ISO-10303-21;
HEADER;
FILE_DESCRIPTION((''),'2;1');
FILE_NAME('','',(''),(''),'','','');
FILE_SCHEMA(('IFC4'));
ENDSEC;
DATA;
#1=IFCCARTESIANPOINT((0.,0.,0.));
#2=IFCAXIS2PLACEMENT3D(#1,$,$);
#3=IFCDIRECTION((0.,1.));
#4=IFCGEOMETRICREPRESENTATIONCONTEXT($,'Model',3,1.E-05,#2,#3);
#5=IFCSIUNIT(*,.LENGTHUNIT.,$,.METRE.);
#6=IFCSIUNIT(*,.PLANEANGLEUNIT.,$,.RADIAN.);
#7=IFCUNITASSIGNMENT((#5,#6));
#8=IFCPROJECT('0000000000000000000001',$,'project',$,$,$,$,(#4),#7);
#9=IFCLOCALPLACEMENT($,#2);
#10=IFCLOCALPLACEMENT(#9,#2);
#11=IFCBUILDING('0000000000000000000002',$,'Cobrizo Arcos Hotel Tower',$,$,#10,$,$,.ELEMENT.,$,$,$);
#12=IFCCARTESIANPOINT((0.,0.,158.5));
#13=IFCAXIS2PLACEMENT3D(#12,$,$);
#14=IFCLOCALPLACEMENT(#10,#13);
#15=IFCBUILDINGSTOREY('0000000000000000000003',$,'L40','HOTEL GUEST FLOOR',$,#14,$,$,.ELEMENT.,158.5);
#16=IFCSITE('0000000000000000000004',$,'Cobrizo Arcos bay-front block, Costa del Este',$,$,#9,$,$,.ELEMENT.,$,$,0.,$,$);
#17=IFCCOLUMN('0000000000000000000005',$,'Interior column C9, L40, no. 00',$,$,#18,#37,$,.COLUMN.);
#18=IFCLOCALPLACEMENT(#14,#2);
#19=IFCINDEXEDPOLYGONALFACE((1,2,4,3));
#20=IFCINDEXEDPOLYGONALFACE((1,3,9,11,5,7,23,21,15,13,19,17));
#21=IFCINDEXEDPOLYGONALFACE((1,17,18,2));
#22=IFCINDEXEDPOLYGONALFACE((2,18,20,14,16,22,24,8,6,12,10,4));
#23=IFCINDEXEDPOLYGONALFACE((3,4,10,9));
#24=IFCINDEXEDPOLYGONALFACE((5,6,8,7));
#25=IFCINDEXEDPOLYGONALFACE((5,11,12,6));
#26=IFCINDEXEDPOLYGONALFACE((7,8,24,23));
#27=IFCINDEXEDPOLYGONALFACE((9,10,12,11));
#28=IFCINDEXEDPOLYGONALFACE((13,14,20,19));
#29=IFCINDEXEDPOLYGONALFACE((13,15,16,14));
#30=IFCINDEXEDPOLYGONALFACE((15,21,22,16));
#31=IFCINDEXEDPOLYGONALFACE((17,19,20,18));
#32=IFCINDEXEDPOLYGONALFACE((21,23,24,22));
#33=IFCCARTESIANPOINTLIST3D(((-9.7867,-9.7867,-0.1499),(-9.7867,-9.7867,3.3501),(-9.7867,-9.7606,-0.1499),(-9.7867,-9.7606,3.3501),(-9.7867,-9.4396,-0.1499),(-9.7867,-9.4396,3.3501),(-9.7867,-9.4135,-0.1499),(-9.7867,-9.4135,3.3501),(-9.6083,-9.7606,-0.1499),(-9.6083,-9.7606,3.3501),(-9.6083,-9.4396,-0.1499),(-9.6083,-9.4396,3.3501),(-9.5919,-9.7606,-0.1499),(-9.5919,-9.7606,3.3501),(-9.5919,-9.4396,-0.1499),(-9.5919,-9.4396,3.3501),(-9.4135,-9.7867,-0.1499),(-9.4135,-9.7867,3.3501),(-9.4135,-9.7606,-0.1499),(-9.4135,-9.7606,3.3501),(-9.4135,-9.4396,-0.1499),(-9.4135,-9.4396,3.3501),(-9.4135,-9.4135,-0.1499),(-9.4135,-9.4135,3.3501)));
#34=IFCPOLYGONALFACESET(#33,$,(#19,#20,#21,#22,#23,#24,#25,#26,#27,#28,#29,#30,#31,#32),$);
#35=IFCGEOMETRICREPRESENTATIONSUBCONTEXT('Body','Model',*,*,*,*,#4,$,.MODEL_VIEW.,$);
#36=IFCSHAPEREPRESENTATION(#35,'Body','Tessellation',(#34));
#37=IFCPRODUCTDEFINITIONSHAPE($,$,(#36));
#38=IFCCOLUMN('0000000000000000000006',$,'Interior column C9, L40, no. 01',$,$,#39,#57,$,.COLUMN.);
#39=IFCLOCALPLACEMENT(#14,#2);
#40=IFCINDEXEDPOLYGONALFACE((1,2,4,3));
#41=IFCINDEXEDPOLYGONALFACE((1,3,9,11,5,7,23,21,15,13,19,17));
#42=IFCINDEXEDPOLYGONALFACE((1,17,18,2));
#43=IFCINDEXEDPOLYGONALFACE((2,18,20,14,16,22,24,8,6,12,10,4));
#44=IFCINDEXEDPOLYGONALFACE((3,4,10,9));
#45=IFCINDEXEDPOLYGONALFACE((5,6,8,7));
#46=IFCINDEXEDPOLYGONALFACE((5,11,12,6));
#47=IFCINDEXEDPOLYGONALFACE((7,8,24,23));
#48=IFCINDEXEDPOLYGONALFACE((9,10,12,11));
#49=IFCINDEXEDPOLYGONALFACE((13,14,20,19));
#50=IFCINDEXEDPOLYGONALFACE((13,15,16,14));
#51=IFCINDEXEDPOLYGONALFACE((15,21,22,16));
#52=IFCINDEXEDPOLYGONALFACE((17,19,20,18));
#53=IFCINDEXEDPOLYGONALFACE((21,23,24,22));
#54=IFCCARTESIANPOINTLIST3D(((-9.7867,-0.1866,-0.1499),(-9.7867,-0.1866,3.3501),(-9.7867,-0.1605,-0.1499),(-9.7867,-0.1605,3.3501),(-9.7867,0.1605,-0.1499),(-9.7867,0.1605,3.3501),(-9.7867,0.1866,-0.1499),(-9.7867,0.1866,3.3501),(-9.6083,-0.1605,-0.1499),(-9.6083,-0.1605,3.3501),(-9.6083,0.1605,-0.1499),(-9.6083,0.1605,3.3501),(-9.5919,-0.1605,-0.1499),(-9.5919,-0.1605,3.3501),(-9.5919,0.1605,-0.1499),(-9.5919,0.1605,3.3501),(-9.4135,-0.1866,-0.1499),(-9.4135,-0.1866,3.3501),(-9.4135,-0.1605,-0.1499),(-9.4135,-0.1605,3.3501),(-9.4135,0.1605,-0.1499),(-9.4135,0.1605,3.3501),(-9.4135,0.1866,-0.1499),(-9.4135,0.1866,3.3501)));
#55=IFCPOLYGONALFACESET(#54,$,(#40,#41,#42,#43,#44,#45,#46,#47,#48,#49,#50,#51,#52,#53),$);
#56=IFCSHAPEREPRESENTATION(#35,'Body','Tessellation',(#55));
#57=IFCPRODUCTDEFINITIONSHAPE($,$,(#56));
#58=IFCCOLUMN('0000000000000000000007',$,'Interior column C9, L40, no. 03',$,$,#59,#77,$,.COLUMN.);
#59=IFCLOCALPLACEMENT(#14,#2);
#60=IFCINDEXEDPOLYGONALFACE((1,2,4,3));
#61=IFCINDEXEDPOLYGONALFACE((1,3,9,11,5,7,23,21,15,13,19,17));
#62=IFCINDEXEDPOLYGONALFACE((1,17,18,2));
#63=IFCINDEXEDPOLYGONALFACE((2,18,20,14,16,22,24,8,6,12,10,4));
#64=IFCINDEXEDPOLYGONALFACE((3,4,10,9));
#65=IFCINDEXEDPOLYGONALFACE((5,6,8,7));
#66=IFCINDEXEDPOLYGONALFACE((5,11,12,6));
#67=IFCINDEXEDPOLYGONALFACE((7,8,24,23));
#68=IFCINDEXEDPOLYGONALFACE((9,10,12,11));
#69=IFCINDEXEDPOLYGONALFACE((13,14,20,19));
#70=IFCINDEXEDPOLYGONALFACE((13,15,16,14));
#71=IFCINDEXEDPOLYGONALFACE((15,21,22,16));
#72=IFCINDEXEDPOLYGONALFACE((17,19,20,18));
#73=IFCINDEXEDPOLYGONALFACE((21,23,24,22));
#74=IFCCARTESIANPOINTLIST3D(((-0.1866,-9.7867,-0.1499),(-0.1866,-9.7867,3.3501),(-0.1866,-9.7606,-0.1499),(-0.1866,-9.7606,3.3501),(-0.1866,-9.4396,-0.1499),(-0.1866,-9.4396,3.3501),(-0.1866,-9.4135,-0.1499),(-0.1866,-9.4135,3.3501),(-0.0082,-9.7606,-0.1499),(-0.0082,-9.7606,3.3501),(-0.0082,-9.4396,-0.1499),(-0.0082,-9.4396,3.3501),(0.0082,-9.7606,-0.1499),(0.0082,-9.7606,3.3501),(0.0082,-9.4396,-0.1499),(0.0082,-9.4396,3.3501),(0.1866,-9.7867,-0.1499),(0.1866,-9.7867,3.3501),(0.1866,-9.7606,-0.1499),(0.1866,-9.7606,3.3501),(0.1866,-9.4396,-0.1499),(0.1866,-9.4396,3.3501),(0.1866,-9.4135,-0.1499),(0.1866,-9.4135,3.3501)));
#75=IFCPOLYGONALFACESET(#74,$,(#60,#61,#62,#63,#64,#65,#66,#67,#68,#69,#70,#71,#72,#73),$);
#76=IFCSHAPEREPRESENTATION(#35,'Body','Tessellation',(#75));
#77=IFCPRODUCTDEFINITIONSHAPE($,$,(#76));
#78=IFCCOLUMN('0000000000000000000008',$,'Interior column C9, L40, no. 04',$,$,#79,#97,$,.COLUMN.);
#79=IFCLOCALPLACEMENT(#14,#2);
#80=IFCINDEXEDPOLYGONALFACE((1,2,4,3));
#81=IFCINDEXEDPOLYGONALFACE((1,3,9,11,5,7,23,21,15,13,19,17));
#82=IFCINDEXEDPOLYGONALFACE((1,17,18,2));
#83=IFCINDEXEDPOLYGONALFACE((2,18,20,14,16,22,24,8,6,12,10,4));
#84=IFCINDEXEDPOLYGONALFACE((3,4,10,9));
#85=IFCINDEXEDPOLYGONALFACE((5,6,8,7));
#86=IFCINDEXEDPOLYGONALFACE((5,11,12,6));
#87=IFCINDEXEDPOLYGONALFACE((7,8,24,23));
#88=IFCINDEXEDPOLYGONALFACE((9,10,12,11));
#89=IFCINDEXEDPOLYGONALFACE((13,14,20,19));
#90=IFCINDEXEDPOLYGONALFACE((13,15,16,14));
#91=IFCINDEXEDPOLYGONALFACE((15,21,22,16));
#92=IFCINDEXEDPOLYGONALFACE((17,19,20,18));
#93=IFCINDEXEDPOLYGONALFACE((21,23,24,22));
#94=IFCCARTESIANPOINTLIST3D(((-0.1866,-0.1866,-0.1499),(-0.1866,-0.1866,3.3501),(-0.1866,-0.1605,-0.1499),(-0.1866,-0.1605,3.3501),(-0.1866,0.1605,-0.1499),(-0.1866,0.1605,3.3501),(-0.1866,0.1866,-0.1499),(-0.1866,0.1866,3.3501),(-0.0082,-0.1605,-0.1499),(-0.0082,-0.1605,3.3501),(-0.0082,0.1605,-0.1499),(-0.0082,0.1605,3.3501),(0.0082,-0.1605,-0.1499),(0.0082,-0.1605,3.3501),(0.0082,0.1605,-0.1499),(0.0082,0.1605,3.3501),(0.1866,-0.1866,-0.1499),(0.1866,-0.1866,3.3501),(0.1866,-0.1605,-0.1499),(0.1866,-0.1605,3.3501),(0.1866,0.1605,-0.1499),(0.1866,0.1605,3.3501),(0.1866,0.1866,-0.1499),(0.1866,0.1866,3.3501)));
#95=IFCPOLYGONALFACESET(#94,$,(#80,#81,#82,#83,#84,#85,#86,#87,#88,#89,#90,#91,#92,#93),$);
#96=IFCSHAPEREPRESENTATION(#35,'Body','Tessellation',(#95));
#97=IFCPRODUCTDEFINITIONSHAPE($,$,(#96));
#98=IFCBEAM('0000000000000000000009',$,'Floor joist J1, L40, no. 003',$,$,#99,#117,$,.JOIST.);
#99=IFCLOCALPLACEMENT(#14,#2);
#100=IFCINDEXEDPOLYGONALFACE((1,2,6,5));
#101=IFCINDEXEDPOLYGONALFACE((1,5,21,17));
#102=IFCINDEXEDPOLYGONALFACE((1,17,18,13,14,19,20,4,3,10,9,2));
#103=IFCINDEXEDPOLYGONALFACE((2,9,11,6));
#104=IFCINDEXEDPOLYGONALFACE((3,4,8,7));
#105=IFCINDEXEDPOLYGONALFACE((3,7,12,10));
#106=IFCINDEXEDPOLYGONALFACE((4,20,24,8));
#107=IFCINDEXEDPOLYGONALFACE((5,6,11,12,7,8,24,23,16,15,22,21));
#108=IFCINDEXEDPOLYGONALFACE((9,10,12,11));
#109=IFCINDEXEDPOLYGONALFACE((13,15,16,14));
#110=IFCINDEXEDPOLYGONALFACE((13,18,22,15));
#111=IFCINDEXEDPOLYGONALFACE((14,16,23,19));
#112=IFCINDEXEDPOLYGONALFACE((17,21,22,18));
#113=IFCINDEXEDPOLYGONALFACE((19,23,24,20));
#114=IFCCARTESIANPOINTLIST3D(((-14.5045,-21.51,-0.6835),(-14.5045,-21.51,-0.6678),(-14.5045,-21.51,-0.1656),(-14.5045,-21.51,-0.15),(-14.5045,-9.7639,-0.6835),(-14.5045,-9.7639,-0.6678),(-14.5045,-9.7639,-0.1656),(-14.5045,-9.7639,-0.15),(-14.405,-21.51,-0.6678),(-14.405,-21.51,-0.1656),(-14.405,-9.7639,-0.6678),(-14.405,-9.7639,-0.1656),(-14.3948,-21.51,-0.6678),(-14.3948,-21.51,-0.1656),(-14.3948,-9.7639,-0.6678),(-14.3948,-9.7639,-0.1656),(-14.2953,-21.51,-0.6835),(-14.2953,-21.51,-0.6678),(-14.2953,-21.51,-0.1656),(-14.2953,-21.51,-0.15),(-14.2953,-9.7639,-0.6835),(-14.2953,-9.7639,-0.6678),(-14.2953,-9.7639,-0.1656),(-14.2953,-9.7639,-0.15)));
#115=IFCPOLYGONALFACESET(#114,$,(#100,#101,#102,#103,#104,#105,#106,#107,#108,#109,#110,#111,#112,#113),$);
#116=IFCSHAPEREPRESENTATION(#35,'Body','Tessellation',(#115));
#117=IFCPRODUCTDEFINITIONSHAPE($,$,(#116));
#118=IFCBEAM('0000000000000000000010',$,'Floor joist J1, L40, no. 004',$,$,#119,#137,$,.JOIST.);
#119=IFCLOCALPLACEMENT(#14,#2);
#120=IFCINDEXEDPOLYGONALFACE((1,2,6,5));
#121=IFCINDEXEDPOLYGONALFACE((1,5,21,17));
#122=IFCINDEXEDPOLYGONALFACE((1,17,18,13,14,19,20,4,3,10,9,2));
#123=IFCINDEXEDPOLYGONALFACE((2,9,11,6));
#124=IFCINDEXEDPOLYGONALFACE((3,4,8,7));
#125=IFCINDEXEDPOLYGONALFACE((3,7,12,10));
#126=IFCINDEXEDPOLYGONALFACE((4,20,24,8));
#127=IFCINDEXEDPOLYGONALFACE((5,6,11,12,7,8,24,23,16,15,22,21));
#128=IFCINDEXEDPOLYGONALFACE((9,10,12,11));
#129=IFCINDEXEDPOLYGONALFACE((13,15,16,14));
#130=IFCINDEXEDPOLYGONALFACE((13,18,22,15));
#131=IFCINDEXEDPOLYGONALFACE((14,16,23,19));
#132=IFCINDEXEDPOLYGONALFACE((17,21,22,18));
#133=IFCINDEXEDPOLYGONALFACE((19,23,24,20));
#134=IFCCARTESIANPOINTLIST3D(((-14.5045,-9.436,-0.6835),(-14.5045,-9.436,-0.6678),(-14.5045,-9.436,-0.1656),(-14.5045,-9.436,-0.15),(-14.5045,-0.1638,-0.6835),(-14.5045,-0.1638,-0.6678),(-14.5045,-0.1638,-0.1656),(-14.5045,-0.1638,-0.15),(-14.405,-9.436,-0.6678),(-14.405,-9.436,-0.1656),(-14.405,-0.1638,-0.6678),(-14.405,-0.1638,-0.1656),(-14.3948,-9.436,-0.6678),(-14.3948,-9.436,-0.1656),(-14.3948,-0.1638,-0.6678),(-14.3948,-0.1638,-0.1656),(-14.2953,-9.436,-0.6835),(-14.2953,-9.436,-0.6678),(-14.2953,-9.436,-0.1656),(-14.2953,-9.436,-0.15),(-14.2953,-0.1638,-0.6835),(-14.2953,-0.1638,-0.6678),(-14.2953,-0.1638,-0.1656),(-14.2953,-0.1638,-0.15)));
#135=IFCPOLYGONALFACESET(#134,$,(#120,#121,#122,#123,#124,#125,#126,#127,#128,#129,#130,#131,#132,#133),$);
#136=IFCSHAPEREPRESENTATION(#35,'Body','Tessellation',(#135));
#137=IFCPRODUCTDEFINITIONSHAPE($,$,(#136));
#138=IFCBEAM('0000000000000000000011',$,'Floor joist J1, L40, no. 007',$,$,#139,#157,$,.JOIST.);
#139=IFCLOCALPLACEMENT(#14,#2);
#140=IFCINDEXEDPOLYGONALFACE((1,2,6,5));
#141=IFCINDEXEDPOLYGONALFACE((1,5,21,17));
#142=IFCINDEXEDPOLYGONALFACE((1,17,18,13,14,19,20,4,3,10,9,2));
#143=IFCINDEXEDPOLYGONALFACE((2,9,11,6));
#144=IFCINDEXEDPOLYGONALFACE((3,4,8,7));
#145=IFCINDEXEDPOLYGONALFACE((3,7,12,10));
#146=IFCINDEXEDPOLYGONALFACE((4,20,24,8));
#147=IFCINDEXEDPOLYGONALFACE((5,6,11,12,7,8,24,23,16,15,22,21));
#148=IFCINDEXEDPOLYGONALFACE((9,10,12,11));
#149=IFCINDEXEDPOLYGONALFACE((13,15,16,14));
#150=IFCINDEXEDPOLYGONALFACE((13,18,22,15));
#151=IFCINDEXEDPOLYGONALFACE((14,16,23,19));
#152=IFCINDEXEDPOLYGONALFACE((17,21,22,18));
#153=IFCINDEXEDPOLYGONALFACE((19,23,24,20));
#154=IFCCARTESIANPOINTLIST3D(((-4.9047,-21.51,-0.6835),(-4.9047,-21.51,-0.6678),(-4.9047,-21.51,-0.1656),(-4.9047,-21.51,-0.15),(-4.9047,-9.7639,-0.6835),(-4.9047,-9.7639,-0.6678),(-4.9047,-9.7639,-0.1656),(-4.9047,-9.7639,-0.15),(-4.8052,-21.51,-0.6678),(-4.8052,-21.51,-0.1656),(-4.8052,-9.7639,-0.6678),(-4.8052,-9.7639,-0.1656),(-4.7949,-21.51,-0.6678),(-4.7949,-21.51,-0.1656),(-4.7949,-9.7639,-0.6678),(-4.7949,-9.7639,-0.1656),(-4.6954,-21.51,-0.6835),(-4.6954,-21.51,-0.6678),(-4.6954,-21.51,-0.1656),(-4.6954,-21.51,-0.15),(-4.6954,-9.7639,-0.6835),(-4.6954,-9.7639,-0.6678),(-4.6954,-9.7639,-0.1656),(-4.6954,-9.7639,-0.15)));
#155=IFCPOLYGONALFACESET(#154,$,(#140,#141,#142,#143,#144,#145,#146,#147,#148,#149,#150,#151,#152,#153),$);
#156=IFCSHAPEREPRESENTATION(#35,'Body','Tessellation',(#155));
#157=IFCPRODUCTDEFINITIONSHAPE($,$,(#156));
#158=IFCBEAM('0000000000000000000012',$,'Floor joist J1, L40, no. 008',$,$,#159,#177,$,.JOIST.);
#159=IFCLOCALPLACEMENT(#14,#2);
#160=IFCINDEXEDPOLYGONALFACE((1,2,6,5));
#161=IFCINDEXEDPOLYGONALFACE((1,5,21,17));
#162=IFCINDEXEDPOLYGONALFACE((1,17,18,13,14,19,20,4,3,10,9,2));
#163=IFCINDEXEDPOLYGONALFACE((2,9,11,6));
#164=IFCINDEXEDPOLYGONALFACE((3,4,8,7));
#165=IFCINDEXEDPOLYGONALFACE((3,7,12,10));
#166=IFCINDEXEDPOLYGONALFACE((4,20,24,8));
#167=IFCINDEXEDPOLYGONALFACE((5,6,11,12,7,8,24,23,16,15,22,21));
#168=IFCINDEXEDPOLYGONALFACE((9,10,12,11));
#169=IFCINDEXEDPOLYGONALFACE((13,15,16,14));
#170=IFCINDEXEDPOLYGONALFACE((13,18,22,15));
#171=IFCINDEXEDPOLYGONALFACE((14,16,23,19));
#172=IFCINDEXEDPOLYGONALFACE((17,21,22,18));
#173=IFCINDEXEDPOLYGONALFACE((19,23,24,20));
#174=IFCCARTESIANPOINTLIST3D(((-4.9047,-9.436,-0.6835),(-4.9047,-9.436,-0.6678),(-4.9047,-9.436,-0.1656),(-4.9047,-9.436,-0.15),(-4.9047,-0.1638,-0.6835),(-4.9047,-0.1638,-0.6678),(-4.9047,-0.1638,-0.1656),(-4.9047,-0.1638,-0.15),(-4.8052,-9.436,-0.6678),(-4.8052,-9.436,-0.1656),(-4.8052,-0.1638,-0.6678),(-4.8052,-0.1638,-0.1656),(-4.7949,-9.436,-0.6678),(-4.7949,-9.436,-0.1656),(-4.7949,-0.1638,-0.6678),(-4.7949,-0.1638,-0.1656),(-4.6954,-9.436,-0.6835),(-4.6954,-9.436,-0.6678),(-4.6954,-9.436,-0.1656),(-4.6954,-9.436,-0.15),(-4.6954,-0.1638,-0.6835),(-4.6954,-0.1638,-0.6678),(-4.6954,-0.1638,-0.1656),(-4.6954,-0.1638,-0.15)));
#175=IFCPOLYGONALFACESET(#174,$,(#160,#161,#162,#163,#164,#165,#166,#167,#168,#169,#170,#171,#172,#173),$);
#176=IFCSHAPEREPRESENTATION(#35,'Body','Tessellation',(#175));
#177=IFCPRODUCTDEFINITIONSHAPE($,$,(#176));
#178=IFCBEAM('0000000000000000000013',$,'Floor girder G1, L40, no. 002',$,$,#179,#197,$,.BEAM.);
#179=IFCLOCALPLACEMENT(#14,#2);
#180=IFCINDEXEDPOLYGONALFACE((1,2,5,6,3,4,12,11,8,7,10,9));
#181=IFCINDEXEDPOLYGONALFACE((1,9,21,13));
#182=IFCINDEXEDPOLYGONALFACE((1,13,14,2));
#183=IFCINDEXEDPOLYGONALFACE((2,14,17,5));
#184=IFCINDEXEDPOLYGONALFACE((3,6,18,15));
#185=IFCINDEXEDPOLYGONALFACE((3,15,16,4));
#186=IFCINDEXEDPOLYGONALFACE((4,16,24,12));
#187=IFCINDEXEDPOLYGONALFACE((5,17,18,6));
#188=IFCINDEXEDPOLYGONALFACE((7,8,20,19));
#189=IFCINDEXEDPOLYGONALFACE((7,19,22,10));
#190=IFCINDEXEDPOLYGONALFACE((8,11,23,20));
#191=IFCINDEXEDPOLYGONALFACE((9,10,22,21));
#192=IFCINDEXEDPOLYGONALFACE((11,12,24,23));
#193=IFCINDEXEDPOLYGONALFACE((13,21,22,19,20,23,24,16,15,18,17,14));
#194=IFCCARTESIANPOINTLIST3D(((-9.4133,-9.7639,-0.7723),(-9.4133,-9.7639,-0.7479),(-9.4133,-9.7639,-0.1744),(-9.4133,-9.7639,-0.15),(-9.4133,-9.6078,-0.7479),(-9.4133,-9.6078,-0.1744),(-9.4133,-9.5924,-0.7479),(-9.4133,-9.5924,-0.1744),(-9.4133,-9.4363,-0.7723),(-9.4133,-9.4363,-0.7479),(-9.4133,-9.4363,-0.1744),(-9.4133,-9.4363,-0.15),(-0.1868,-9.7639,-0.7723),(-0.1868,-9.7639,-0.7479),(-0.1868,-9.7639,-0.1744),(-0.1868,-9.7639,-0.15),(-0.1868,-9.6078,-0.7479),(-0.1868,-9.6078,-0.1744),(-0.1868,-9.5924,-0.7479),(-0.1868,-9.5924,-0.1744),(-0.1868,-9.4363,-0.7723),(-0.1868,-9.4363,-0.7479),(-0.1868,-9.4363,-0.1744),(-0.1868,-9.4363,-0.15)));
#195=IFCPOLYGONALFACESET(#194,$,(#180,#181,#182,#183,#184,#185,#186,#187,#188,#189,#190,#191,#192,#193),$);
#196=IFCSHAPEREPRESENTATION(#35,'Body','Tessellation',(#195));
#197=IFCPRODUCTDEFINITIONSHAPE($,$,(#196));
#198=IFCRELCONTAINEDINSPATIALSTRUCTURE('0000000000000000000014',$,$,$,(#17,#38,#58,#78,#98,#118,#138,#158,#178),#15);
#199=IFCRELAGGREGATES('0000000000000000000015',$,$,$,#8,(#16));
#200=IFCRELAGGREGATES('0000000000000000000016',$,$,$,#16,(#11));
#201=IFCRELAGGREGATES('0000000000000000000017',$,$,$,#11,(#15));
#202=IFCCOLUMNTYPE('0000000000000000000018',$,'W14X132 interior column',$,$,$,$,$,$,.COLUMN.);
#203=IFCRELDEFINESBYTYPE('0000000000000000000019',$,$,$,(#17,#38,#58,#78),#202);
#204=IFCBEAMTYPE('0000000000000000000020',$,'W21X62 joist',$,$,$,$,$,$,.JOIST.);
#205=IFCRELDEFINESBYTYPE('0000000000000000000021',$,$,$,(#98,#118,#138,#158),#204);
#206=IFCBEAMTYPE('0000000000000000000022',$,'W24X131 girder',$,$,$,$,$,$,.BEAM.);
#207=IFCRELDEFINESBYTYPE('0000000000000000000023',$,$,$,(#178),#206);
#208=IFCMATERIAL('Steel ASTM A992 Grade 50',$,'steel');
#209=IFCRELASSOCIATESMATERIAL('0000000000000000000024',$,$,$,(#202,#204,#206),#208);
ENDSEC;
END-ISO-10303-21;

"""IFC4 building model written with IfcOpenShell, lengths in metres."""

from ifc_helpers import new_model, si_unit, direction, frame, origin, origin_2d, place, context, subcontext, project, spatial, i_section, extrude, material, material_profile, profile_set, type_object, element, save


model = new_model("IFC4")

# Units and contexts
model_context = context("Model", 3, precision=1e-05, world=origin(), true_north=direction((0.0, 1.0)))
body_context = subcontext(model_context, "Body", "Model", "MODEL_VIEW")
ifc_project = project(units=[si_unit("LENGTHUNIT", "METRE"), si_unit("PLANEANGLEUNIT", "RADIAN")], contexts=[model_context])

# Site, building, storey
site_placement = place(None, origin())
site = spatial("IfcSite", under=ifc_project, at=site_placement, Name="Cobrizo Arcos bay-front block, Costa del Este", CompositionType="ELEMENT", RefElevation=0.0)
building_placement = place(site_placement, origin())
building = spatial("IfcBuilding", under=site, at=building_placement, Name="Cobrizo Arcos Hotel Tower", CompositionType="ELEMENT")
storey_placement = place(building_placement, frame((0.0, 0.0, 158.5)))
storey = spatial("IfcBuildingStorey", under=building, at=storey_placement, Name="L40", Description="HOTEL GUEST FLOOR", CompositionType="ELEMENT", Elevation=158.5)

# Columns
ifc_material_1 = material(Name="Steel ASTM A992 Grade 50", Category="steel")
ifc_material_profile_1 = material_profile(ifc_material_1, i_section(OverallWidth=0.3733, OverallDepth=0.3733, WebThickness=0.0164, FlangeThickness=0.0261, at=origin_2d()), Name="W14X132")
ifc_profile_set_1 = profile_set([ifc_material_profile_1], Name="Steel ASTM A992 Grade 50")
column_type = type_object("IfcColumnType", Name="W14X132 interior column", PredefinedType="COLUMN", material=ifc_profile_set_1)
for number, where, z_axis, x_axis, name in (
    (1, (-9.6001, -9.6001, -0.1499), (0.0, 0.0, 1.0), (1.0, 0.0, 0.0), "Interior column C9, L40, no. 00"),
    (2, (-9.6001, 0.0, -0.1499), (0.0, 0.0, 1.0), (1.0, 0.0, 0.0), "Interior column C9, L40, no. 01"),
    (3, (0.0, -9.6001, -0.1499), (0.0, 0.0, 1.0), (1.0, 0.0, 0.0), "Interior column C9, L40, no. 03"),
    (4, (0.0, 0.0, -0.1499), (0.0, 0.0, 1.0), (1.0, 0.0, 0.0), "Interior column C9, L40, no. 04"),
):
    element("IfcColumn", number, at=place(storey_placement, frame(where, z_axis=z_axis, x_axis=x_axis)), inside=storey, type_object=column_type, Name=name, PredefinedType="COLUMN", context=body_context, shape_type="SweptSolid", body=[
        extrude(i_section(OverallWidth=0.3733, OverallDepth=0.3733, WebThickness=0.0164, FlangeThickness=0.0261, at=origin_2d()), origin(), (0.0, 0.0, 1.0), 3.5),
    ])

# Beams
ifc_material_profile_2 = material_profile(ifc_material_1, i_section(OverallWidth=0.2092, OverallDepth=0.5334, WebThickness=0.0103, FlangeThickness=0.0156, at=origin_2d()), Name="W21X62")
ifc_profile_set_2 = profile_set([ifc_material_profile_2], Name="Steel ASTM A992 Grade 50")
beam_type_1 = type_object("IfcBeamType", Name="W21X62 joist", PredefinedType="JOIST", material=ifc_profile_set_2)
beam_1_placement = place(storey_placement, frame((-14.3999, -21.51, -0.4167), z_axis=(0.0, 1.0, 0.0), x_axis=(-1.0, 0.0, 0.0)))
element("IfcBeam", 5, at=beam_1_placement, inside=storey, type_object=beam_type_1, Name="Floor joist J1, L40, no. 003", PredefinedType="JOIST", context=body_context, shape_type="SweptSolid", body=[
    extrude(i_section(OverallWidth=0.2092, OverallDepth=0.5334, WebThickness=0.0103, FlangeThickness=0.0156, at=origin_2d()), origin(), (0.0, 0.0, 1.0), 11.7461),
])
beam_2_placement = place(storey_placement, frame((-14.3999, -9.436, -0.4167), z_axis=(0.0, 1.0, 0.0), x_axis=(-1.0, 0.0, 0.0)))
element("IfcBeam", 6, at=beam_2_placement, inside=storey, type_object=beam_type_1, Name="Floor joist J1, L40, no. 004", PredefinedType="JOIST", context=body_context, shape_type="SweptSolid", body=[
    extrude(i_section(OverallWidth=0.2092, OverallDepth=0.5334, WebThickness=0.0103, FlangeThickness=0.0156, at=origin_2d()), origin(), (0.0, 0.0, 1.0), 9.2722),
])
beam_3_placement = place(storey_placement, frame((-4.8, -21.51, -0.4167), z_axis=(0.0, 1.0, 0.0), x_axis=(-1.0, 0.0, 0.0)))
element("IfcBeam", 7, at=beam_3_placement, inside=storey, type_object=beam_type_1, Name="Floor joist J1, L40, no. 007", PredefinedType="JOIST", context=body_context, shape_type="SweptSolid", body=[
    extrude(i_section(OverallWidth=0.2092, OverallDepth=0.5334, WebThickness=0.0103, FlangeThickness=0.0156, at=origin_2d()), origin(), (0.0, 0.0, 1.0), 11.7461),
])
beam_4_placement = place(storey_placement, frame((-4.8, -9.436, -0.4167), z_axis=(0.0, 1.0, 0.0), x_axis=(-1.0, 0.0, 0.0)))
element("IfcBeam", 8, at=beam_4_placement, inside=storey, type_object=beam_type_1, Name="Floor joist J1, L40, no. 008", PredefinedType="JOIST", context=body_context, shape_type="SweptSolid", body=[
    extrude(i_section(OverallWidth=0.2092, OverallDepth=0.5334, WebThickness=0.0103, FlangeThickness=0.0156, at=origin_2d()), origin(), (0.0, 0.0, 1.0), 9.2722),
])
ifc_material_profile_3 = material_profile(ifc_material_1, i_section(OverallWidth=0.3276, OverallDepth=0.6223, WebThickness=0.0154, FlangeThickness=0.0244, at=origin_2d()), Name="W24X131")
ifc_profile_set_3 = profile_set([ifc_material_profile_3], Name="Steel ASTM A992 Grade 50")
beam_type_2 = type_object("IfcBeamType", Name="W24X131 girder", PredefinedType="BEAM", material=ifc_profile_set_3)
for number, where, z_axis, x_axis, name in (
    (9, (-9.4133, -9.6001, -0.4612), (1.0, 0.0, 0.0), (0.0, 1.0, 0.0), "Floor girder G1, L40, no. 002"),
):
    element("IfcBeam", number, at=place(storey_placement, frame(where, z_axis=z_axis, x_axis=x_axis)), inside=storey, type_object=beam_type_2, Name=name, PredefinedType="BEAM", context=body_context, shape_type="SweptSolid", body=[
        extrude(i_section(OverallWidth=0.3276, OverallDepth=0.6223, WebThickness=0.0154, FlangeThickness=0.0244, at=origin_2d()), origin(), (0.0, 0.0, 1.0), 9.2266),
    ])

save(model, "model.ifc")
